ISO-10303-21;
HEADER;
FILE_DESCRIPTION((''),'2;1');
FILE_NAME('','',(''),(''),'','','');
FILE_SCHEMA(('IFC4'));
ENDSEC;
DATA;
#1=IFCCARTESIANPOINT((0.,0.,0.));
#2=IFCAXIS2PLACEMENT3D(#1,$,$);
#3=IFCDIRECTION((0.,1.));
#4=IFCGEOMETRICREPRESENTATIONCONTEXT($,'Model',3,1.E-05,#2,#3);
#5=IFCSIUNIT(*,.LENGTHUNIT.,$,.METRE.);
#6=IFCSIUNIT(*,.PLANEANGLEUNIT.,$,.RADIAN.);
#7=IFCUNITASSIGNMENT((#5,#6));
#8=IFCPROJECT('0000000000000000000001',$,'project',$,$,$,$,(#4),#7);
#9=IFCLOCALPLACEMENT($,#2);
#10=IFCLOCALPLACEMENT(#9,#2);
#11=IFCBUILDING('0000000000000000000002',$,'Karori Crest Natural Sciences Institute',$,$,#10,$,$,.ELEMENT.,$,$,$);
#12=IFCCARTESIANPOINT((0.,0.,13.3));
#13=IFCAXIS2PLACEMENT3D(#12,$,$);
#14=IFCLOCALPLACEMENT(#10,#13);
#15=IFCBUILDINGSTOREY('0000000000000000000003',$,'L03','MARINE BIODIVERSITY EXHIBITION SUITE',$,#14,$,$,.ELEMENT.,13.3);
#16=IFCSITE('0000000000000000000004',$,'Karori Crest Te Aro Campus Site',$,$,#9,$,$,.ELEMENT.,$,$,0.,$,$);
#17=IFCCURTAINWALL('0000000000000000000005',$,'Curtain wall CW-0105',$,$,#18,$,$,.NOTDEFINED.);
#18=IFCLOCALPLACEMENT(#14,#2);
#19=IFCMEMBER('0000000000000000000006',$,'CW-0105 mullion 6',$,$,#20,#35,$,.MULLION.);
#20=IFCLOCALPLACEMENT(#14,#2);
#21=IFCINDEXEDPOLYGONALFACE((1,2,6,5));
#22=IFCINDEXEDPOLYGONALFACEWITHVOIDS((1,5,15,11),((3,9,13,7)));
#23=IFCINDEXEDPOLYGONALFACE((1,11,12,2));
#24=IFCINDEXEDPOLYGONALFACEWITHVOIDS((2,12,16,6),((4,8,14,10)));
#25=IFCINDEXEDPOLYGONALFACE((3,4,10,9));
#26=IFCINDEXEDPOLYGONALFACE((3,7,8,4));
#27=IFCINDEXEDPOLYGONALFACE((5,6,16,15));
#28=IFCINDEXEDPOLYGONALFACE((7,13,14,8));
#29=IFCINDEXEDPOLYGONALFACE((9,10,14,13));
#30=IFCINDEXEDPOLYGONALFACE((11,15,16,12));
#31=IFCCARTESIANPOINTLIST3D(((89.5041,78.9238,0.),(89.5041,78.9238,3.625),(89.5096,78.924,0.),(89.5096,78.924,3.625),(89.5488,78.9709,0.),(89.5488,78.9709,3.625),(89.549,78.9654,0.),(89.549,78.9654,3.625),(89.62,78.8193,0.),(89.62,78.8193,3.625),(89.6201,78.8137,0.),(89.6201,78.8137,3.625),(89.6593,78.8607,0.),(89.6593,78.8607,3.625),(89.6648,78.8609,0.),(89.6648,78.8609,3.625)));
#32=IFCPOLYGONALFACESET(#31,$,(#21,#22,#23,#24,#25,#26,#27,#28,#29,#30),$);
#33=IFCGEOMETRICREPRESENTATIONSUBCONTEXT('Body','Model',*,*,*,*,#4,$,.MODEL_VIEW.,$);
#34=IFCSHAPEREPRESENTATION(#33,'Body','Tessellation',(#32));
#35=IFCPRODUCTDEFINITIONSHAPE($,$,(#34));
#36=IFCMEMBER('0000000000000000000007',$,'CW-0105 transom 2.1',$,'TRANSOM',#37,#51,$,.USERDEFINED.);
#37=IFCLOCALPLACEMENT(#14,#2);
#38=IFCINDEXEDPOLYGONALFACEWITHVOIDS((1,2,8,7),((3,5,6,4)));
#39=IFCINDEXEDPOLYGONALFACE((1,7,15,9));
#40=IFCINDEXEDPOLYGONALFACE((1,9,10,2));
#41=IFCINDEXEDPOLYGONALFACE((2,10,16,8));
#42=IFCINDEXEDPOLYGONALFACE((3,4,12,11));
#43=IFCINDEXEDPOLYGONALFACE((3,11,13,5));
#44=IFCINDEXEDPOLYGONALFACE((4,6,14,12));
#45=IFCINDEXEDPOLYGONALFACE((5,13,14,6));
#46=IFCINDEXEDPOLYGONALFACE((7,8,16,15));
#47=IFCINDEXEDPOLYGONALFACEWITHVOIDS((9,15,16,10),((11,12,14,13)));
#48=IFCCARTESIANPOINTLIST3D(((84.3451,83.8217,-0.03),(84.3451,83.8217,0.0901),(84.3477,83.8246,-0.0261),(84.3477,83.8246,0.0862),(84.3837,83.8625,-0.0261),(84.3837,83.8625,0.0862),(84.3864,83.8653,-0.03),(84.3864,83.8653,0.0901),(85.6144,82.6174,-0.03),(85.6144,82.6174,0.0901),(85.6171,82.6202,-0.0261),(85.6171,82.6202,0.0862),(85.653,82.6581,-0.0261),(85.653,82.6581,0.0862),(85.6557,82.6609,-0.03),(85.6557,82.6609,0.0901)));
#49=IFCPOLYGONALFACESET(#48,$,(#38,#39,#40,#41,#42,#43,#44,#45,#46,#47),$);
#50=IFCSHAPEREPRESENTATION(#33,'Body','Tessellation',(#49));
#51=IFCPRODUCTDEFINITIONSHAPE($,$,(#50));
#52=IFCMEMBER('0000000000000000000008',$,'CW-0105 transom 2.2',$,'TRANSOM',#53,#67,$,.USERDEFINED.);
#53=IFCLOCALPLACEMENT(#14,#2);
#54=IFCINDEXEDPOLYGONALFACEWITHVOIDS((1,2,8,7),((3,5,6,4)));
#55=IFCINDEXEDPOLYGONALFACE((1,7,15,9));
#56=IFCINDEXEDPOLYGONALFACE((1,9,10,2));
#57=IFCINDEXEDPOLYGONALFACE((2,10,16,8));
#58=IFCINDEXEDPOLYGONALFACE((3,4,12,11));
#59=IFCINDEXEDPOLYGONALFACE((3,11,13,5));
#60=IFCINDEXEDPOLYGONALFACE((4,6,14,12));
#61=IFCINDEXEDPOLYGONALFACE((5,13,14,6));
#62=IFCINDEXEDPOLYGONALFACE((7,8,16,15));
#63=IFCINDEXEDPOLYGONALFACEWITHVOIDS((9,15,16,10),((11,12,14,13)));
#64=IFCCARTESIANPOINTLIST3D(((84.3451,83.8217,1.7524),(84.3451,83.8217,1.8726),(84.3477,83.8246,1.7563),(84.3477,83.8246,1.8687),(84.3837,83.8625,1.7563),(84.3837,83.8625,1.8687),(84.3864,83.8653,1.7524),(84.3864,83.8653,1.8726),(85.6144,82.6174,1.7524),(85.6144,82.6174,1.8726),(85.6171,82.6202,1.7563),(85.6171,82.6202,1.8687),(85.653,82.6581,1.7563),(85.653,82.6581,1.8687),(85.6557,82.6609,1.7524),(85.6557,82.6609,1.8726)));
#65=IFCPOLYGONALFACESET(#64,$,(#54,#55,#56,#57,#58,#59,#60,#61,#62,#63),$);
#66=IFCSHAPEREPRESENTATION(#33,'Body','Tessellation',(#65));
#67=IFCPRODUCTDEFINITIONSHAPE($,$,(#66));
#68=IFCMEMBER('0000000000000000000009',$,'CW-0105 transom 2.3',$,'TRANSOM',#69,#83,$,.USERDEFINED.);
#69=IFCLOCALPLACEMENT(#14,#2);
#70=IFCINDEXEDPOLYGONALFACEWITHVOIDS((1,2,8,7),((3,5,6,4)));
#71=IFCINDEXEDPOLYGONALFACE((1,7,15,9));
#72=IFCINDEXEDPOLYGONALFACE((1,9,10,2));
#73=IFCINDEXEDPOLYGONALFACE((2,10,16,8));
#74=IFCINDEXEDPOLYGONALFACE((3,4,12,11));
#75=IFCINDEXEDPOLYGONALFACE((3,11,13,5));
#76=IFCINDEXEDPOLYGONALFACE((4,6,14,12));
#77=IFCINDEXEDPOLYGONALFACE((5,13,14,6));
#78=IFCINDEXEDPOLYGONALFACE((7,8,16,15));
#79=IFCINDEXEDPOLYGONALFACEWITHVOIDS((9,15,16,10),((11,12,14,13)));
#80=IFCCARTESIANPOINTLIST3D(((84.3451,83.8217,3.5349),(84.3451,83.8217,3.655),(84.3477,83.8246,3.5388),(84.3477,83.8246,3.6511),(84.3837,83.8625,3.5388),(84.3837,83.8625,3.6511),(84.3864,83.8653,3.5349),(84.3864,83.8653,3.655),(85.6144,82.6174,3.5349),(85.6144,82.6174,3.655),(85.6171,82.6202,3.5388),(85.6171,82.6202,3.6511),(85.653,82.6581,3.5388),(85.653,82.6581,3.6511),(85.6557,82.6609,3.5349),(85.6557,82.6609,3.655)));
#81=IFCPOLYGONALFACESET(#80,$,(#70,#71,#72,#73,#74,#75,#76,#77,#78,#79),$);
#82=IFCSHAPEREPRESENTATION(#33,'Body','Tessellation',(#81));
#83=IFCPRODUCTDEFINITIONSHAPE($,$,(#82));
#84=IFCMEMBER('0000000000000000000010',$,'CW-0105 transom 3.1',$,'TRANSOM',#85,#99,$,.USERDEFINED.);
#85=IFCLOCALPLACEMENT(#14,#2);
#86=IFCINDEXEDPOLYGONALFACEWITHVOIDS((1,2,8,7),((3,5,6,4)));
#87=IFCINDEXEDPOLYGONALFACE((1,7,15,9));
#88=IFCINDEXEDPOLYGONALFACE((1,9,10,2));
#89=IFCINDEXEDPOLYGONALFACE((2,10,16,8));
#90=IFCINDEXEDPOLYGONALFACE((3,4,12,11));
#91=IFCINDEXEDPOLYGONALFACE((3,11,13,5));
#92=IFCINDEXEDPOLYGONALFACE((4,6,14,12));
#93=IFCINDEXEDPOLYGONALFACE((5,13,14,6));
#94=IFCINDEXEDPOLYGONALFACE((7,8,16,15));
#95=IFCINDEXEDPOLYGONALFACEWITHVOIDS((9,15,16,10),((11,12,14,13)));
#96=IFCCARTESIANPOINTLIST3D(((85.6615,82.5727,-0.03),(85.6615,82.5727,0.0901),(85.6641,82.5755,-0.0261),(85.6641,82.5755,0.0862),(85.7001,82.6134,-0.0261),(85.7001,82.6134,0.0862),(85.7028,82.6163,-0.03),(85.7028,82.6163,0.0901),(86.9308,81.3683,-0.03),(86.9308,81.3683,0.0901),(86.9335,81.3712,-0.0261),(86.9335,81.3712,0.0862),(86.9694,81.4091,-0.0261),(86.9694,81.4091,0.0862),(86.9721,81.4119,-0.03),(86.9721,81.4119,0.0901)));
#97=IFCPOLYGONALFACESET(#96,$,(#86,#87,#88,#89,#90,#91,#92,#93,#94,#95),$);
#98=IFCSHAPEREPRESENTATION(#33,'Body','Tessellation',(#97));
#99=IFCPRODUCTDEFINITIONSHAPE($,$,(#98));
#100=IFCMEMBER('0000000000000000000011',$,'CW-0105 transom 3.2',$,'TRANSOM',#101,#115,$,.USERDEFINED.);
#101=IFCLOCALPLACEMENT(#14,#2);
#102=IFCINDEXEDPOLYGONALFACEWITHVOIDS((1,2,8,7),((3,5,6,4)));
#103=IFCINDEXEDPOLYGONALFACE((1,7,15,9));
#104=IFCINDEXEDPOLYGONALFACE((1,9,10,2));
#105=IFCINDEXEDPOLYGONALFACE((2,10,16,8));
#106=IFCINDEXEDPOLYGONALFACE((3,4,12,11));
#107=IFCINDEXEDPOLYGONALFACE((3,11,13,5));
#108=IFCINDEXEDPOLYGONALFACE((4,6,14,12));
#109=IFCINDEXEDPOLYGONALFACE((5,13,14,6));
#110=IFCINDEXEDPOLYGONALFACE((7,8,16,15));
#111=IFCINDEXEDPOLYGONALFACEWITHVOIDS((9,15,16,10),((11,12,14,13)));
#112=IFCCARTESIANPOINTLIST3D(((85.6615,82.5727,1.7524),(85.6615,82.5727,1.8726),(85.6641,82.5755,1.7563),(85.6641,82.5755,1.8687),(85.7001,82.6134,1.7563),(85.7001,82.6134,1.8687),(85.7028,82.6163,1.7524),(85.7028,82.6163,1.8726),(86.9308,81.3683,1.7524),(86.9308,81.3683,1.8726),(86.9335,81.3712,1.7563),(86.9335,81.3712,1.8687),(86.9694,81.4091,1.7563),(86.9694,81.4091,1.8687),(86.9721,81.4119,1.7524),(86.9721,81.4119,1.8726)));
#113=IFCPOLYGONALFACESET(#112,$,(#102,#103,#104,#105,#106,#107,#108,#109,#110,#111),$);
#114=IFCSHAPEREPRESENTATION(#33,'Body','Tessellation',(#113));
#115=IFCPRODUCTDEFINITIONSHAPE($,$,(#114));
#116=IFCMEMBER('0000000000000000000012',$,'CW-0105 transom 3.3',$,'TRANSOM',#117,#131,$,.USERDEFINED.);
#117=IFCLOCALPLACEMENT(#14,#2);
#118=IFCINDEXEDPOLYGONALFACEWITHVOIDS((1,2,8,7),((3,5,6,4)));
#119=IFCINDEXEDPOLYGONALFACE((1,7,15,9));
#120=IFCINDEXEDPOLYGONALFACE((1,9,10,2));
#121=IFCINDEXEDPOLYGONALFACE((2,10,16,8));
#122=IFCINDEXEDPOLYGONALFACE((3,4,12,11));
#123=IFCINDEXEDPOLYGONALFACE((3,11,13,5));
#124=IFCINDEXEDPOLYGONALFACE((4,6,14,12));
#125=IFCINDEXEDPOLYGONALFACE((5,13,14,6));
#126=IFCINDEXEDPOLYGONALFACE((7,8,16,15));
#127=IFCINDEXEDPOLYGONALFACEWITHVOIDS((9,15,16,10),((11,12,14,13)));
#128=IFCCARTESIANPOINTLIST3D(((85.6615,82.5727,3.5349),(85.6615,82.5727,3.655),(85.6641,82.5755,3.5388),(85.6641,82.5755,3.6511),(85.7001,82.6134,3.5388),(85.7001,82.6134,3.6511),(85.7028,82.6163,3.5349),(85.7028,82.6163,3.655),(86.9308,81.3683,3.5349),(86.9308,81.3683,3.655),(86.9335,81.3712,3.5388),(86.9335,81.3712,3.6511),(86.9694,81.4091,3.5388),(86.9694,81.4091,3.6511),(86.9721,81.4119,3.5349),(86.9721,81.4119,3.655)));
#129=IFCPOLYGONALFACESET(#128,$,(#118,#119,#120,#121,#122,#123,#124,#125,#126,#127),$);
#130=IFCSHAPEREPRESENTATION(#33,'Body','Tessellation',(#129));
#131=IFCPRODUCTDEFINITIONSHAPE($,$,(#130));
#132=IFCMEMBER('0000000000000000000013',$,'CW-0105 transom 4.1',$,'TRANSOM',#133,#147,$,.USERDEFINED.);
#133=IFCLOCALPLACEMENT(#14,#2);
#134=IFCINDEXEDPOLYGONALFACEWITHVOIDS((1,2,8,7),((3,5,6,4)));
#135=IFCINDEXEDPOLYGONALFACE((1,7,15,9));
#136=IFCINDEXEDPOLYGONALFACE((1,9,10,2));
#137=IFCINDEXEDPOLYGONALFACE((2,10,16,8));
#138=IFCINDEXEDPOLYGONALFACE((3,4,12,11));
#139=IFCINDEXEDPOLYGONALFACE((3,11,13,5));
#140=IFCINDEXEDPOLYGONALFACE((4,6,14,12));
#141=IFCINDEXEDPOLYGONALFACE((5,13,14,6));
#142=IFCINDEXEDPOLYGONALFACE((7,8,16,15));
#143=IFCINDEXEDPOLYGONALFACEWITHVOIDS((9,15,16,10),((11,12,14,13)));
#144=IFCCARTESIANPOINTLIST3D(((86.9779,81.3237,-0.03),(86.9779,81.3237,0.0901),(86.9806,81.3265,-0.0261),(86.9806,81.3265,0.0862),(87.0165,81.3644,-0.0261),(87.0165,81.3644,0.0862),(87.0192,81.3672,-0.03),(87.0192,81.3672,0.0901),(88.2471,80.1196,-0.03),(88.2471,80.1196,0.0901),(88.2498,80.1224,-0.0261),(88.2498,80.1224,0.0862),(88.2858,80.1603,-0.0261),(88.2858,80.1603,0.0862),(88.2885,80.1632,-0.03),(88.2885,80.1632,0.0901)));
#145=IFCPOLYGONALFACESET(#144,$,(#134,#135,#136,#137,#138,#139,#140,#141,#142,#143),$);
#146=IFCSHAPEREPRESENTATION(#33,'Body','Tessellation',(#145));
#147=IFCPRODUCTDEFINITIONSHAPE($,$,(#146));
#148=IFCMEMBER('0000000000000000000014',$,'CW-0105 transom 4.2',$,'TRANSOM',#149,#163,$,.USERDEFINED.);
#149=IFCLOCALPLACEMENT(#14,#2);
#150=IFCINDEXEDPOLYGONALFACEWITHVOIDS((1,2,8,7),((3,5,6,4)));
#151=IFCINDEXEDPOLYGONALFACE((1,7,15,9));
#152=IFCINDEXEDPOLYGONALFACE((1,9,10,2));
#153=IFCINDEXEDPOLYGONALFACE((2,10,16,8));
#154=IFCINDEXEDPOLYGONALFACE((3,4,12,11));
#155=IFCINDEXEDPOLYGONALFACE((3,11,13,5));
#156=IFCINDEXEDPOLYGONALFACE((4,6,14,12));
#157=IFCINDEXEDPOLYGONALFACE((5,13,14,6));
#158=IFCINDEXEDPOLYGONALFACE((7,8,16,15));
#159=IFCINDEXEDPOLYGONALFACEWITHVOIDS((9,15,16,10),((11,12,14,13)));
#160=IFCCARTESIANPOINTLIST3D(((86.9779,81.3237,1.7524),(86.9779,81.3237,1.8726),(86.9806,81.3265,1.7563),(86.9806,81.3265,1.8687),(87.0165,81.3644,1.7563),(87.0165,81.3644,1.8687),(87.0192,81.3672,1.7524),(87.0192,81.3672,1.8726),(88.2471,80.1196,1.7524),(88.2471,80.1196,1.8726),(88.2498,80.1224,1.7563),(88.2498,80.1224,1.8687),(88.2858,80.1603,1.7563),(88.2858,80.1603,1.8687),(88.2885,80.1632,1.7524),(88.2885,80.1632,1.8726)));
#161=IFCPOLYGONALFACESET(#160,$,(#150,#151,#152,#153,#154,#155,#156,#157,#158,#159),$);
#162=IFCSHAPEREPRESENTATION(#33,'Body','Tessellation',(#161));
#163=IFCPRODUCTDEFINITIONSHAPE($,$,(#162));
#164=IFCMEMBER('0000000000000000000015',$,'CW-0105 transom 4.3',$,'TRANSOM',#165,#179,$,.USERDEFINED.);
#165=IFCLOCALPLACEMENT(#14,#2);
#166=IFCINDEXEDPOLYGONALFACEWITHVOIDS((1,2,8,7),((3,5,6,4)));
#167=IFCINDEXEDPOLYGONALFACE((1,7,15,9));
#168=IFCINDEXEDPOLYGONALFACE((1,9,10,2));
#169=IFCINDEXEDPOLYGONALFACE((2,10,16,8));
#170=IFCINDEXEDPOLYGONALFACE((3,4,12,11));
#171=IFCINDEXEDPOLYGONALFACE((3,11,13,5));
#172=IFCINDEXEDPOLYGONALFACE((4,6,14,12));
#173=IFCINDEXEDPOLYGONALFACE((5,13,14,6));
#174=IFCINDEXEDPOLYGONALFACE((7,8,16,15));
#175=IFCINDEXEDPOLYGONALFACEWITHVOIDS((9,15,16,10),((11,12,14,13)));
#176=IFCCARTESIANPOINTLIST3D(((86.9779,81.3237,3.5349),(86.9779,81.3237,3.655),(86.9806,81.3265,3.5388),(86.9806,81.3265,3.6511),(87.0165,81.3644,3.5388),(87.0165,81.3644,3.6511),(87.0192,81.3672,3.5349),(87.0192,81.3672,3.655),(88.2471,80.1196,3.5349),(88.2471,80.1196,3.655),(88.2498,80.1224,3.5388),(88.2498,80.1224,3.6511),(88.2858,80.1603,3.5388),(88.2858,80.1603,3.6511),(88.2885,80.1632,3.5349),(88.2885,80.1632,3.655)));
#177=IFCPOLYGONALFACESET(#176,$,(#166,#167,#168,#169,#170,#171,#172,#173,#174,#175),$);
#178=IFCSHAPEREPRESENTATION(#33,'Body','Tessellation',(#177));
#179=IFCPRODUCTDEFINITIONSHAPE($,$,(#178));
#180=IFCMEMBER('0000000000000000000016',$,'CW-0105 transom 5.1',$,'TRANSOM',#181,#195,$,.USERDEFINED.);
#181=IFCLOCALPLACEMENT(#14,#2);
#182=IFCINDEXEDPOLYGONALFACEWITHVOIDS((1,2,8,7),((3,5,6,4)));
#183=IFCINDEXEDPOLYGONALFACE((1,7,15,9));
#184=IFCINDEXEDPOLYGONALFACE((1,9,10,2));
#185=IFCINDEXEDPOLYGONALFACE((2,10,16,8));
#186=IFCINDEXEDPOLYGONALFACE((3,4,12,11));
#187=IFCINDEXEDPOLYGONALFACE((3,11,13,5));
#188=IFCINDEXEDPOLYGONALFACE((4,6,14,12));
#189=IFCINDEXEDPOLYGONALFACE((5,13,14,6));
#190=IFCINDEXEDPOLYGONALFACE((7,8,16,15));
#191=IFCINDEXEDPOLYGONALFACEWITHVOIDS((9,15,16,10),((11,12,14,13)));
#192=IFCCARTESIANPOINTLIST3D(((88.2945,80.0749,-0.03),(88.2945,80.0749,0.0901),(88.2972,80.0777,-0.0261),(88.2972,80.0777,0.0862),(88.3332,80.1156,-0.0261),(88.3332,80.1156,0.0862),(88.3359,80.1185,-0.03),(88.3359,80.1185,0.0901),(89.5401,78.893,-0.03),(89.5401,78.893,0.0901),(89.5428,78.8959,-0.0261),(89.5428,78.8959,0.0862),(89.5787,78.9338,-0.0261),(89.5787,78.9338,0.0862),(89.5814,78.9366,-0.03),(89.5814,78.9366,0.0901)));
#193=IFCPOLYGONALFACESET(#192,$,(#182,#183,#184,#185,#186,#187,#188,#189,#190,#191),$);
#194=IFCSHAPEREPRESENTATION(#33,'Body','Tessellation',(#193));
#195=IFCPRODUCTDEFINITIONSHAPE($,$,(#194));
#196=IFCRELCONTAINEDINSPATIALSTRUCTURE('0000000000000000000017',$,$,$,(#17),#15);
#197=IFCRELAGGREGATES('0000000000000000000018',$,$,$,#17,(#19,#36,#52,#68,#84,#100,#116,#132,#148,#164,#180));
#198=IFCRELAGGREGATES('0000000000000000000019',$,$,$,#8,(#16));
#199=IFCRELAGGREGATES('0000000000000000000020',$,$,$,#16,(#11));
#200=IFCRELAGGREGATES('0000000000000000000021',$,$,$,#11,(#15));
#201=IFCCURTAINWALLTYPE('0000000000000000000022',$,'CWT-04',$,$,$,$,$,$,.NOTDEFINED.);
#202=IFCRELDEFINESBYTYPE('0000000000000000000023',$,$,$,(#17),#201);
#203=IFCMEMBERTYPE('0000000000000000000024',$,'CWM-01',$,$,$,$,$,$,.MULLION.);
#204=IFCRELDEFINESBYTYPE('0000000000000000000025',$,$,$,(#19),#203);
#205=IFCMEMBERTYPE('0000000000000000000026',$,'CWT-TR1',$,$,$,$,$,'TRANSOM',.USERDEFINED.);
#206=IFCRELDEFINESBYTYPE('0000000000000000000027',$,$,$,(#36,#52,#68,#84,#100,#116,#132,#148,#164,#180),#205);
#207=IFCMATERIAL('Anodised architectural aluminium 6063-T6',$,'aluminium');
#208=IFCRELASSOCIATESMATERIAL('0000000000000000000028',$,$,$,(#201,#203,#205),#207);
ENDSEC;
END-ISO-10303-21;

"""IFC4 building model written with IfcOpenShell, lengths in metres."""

from ifc_helpers import new_model, si_unit, direction, frame, origin, origin_2d, place, context, subcontext, project, spatial, hollow_rectangle, extrude, material, material_profile, profile_set, type_object, element, aggregate, save


model = new_model("IFC4")

# Units and contexts
model_context = context("Model", 3, precision=1e-05, world=origin(), true_north=direction((0.0, 1.0)))
body_context = subcontext(model_context, "Body", "Model", "MODEL_VIEW")
ifc_project = project(units=[si_unit("LENGTHUNIT", "METRE"), si_unit("PLANEANGLEUNIT", "RADIAN")], contexts=[model_context])

# Site, building, storey
site_placement = place(None, origin())
site = spatial("IfcSite", under=ifc_project, at=site_placement, Name="Karori Crest Te Aro Campus Site", CompositionType="ELEMENT", RefElevation=0.0)
building_placement = place(site_placement, origin())
building = spatial("IfcBuilding", under=site, at=building_placement, Name="Karori Crest Natural Sciences Institute", CompositionType="ELEMENT")
storey_placement = place(building_placement, frame((0.0, 0.0, 13.3)))
storey = spatial("IfcBuildingStorey", under=building, at=storey_placement, Name="L03", Description="MARINE BIODIVERSITY EXHIBITION SUITE", CompositionType="ELEMENT", Elevation=13.3)

# Curtain wall, members
ifc_material_1 = material(Name="Anodised architectural aluminium 6063-T6", Category="aluminium")
curtain_wall_type = type_object("IfcCurtainWallType", Name="CWT-04", PredefinedType="NOTDEFINED", material=ifc_material_1)
curtain_wall_placement = place(storey_placement, origin())
curtain_wall = element("IfcCurtainWall", 1, at=curtain_wall_placement, inside=storey, type_object=curtain_wall_type, Name="Curtain wall CW-0105", PredefinedType="NOTDEFINED")
ifc_material_profile_1 = material_profile(ifc_material_1, hollow_rectangle(XDim=0.0649, YDim=0.1599, WallThickness=0.0039, at=origin_2d()), Name="CWM160x65x4")
ifc_profile_set_1 = profile_set([ifc_material_profile_1], Name="Anodised architectural aluminium 6063-T6")
member_type_1 = type_object("IfcMemberType", Name="CWM-01", PredefinedType="MULLION", material=ifc_profile_set_1)
member_1_placement = place(storey_placement, frame((89.5845, 78.8923, 0.0), z_axis=(0.0, 0.0, 1.0), x_axis=(0.688252, 0.725471, 0.0)))
member_1 = element("IfcMember", 2, at=member_1_placement, type_object=member_type_1, Name="CW-0105 mullion 6", PredefinedType="MULLION", context=body_context, shape_type="SweptSolid", body=[
    extrude(hollow_rectangle(XDim=0.0649, YDim=0.1599, WallThickness=0.0039, at=origin_2d()), origin(), (0.0, 0.0, 1.0), 3.625),
])
ifc_material_profile_2 = material_profile(ifc_material_1, hollow_rectangle(XDim=0.0601, YDim=0.1201, WallThickness=0.0039, at=origin_2d()), Name="CWT120x60x4")
ifc_profile_set_2 = profile_set([ifc_material_profile_2], Name="Anodised architectural aluminium 6063-T6")
member_type_2 = type_object("IfcMemberType", Name="CWT-TR1", ElementType="TRANSOM", PredefinedType="USERDEFINED", material=ifc_profile_set_2)
member_2_placement = place(storey_placement, frame((84.3657, 83.8435, 0.03), z_axis=(0.725421, -0.688306, 0.0), x_axis=(0.688306, 0.725421, 0.0)))
member_2 = element("IfcMember", 3, at=member_2_placement, type_object=member_type_2, Name="CW-0105 transom 2.1", ObjectType="TRANSOM", PredefinedType="USERDEFINED", context=body_context, shape_type="SweptSolid", body=[
    extrude(hollow_rectangle(XDim=0.0601, YDim=0.1201, WallThickness=0.0039, at=origin_2d()), origin(), (0.0, 0.0, 1.0), 1.7498),
])
member_3_placement = place(storey_placement, frame((84.3657, 83.8435, 1.8125), z_axis=(0.725421, -0.688306, 0.0), x_axis=(0.688306, 0.725421, 0.0)))
member_3 = element("IfcMember", 4, at=member_3_placement, type_object=member_type_2, Name="CW-0105 transom 2.2", ObjectType="TRANSOM", PredefinedType="USERDEFINED", context=body_context, shape_type="SweptSolid", body=[
    extrude(hollow_rectangle(XDim=0.0601, YDim=0.1201, WallThickness=0.0039, at=origin_2d()), origin(), (0.0, 0.0, 1.0), 1.7498),
])
member_4_placement = place(storey_placement, frame((84.3657, 83.8435, 3.595), z_axis=(0.725421, -0.688306, 0.0), x_axis=(0.688306, 0.725421, 0.0)))
member_4 = element("IfcMember", 5, at=member_4_placement, type_object=member_type_2, Name="CW-0105 transom 2.3", ObjectType="TRANSOM", PredefinedType="USERDEFINED", context=body_context, shape_type="SweptSolid", body=[
    extrude(hollow_rectangle(XDim=0.0601, YDim=0.1201, WallThickness=0.0039, at=origin_2d()), origin(), (0.0, 0.0, 1.0), 1.7498),
])
member_5_placement = place(storey_placement, frame((85.6821, 82.5945, 0.03), z_axis=(0.725421, -0.688306, 0.0), x_axis=(0.688306, 0.725421, 0.0)))
member_5 = element("IfcMember", 6, at=member_5_placement, type_object=member_type_2, Name="CW-0105 transom 3.1", ObjectType="TRANSOM", PredefinedType="USERDEFINED", context=body_context, shape_type="SweptSolid", body=[
    extrude(hollow_rectangle(XDim=0.0601, YDim=0.1201, WallThickness=0.0039, at=origin_2d()), origin(), (0.0, 0.0, 1.0), 1.7498),
])
member_6_placement = place(storey_placement, frame((85.6821, 82.5945, 1.8125), z_axis=(0.725421, -0.688306, 0.0), x_axis=(0.688306, 0.725421, 0.0)))
member_6 = element("IfcMember", 7, at=member_6_placement, type_object=member_type_2, Name="CW-0105 transom 3.2", ObjectType="TRANSOM", PredefinedType="USERDEFINED", context=body_context, shape_type="SweptSolid", body=[
    extrude(hollow_rectangle(XDim=0.0601, YDim=0.1201, WallThickness=0.0039, at=origin_2d()), origin(), (0.0, 0.0, 1.0), 1.7498),
])
member_7_placement = place(storey_placement, frame((85.6821, 82.5945, 3.595), z_axis=(0.725421, -0.688306, 0.0), x_axis=(0.688306, 0.725421, 0.0)))
member_7 = element("IfcMember", 8, at=member_7_placement, type_object=member_type_2, Name="CW-0105 transom 3.3", ObjectType="TRANSOM", PredefinedType="USERDEFINED", context=body_context, shape_type="SweptSolid", body=[
    extrude(hollow_rectangle(XDim=0.0601, YDim=0.1201, WallThickness=0.0039, at=origin_2d()), origin(), (0.0, 0.0, 1.0), 1.7498),
])
member_8_placement = place(storey_placement, frame((86.9985, 81.3455, 0.03), z_axis=(0.72549, -0.688232, 0.0), x_axis=(0.688232, 0.72549, 0.0)))
member_8 = element("IfcMember", 9, at=member_8_placement, type_object=member_type_2, Name="CW-0105 transom 4.1", ObjectType="TRANSOM", PredefinedType="USERDEFINED", context=body_context, shape_type="SweptSolid", body=[
    extrude(hollow_rectangle(XDim=0.0601, YDim=0.1201, WallThickness=0.0039, at=origin_2d()), origin(), (0.0, 0.0, 1.0), 1.7495),
])
member_9_placement = place(storey_placement, frame((86.9985, 81.3455, 1.8125), z_axis=(0.72549, -0.688232, 0.0), x_axis=(0.688232, 0.72549, 0.0)))
member_9 = element("IfcMember", 10, at=member_9_placement, type_object=member_type_2, Name="CW-0105 transom 4.2", ObjectType="TRANSOM", PredefinedType="USERDEFINED", context=body_context, shape_type="SweptSolid", body=[
    extrude(hollow_rectangle(XDim=0.0601, YDim=0.1201, WallThickness=0.0039, at=origin_2d()), origin(), (0.0, 0.0, 1.0), 1.7495),
])
member_10_placement = place(storey_placement, frame((86.9985, 81.3455, 3.595), z_axis=(0.72549, -0.688232, 0.0), x_axis=(0.688232, 0.72549, 0.0)))
member_10 = element("IfcMember", 11, at=member_10_placement, type_object=member_type_2, Name="CW-0105 transom 4.3", ObjectType="TRANSOM", PredefinedType="USERDEFINED", context=body_context, shape_type="SweptSolid", body=[
    extrude(hollow_rectangle(XDim=0.0601, YDim=0.1201, WallThickness=0.0039, at=origin_2d()), origin(), (0.0, 0.0, 1.0), 1.7495),
])
member_11_placement = place(storey_placement, frame((88.3152, 80.0967, 0.03), z_axis=(0.725418, -0.688308, 0.0), x_axis=(0.688308, 0.725418, 0.0)))
member_11 = element("IfcMember", 12, at=member_11_placement, type_object=member_type_2, Name="CW-0105 transom 5.1", ObjectType="TRANSOM", PredefinedType="USERDEFINED", context=body_context, shape_type="SweptSolid", body=[
    extrude(hollow_rectangle(XDim=0.0601, YDim=0.1201, WallThickness=0.0039, at=origin_2d()), origin(), (0.0, 0.0, 1.0), 1.717),
])
aggregate(curtain_wall, [member_1, member_2, member_3, member_4, member_5, member_6, member_7, member_8, member_9, member_10, member_11])

save(model, "model.ifc")
